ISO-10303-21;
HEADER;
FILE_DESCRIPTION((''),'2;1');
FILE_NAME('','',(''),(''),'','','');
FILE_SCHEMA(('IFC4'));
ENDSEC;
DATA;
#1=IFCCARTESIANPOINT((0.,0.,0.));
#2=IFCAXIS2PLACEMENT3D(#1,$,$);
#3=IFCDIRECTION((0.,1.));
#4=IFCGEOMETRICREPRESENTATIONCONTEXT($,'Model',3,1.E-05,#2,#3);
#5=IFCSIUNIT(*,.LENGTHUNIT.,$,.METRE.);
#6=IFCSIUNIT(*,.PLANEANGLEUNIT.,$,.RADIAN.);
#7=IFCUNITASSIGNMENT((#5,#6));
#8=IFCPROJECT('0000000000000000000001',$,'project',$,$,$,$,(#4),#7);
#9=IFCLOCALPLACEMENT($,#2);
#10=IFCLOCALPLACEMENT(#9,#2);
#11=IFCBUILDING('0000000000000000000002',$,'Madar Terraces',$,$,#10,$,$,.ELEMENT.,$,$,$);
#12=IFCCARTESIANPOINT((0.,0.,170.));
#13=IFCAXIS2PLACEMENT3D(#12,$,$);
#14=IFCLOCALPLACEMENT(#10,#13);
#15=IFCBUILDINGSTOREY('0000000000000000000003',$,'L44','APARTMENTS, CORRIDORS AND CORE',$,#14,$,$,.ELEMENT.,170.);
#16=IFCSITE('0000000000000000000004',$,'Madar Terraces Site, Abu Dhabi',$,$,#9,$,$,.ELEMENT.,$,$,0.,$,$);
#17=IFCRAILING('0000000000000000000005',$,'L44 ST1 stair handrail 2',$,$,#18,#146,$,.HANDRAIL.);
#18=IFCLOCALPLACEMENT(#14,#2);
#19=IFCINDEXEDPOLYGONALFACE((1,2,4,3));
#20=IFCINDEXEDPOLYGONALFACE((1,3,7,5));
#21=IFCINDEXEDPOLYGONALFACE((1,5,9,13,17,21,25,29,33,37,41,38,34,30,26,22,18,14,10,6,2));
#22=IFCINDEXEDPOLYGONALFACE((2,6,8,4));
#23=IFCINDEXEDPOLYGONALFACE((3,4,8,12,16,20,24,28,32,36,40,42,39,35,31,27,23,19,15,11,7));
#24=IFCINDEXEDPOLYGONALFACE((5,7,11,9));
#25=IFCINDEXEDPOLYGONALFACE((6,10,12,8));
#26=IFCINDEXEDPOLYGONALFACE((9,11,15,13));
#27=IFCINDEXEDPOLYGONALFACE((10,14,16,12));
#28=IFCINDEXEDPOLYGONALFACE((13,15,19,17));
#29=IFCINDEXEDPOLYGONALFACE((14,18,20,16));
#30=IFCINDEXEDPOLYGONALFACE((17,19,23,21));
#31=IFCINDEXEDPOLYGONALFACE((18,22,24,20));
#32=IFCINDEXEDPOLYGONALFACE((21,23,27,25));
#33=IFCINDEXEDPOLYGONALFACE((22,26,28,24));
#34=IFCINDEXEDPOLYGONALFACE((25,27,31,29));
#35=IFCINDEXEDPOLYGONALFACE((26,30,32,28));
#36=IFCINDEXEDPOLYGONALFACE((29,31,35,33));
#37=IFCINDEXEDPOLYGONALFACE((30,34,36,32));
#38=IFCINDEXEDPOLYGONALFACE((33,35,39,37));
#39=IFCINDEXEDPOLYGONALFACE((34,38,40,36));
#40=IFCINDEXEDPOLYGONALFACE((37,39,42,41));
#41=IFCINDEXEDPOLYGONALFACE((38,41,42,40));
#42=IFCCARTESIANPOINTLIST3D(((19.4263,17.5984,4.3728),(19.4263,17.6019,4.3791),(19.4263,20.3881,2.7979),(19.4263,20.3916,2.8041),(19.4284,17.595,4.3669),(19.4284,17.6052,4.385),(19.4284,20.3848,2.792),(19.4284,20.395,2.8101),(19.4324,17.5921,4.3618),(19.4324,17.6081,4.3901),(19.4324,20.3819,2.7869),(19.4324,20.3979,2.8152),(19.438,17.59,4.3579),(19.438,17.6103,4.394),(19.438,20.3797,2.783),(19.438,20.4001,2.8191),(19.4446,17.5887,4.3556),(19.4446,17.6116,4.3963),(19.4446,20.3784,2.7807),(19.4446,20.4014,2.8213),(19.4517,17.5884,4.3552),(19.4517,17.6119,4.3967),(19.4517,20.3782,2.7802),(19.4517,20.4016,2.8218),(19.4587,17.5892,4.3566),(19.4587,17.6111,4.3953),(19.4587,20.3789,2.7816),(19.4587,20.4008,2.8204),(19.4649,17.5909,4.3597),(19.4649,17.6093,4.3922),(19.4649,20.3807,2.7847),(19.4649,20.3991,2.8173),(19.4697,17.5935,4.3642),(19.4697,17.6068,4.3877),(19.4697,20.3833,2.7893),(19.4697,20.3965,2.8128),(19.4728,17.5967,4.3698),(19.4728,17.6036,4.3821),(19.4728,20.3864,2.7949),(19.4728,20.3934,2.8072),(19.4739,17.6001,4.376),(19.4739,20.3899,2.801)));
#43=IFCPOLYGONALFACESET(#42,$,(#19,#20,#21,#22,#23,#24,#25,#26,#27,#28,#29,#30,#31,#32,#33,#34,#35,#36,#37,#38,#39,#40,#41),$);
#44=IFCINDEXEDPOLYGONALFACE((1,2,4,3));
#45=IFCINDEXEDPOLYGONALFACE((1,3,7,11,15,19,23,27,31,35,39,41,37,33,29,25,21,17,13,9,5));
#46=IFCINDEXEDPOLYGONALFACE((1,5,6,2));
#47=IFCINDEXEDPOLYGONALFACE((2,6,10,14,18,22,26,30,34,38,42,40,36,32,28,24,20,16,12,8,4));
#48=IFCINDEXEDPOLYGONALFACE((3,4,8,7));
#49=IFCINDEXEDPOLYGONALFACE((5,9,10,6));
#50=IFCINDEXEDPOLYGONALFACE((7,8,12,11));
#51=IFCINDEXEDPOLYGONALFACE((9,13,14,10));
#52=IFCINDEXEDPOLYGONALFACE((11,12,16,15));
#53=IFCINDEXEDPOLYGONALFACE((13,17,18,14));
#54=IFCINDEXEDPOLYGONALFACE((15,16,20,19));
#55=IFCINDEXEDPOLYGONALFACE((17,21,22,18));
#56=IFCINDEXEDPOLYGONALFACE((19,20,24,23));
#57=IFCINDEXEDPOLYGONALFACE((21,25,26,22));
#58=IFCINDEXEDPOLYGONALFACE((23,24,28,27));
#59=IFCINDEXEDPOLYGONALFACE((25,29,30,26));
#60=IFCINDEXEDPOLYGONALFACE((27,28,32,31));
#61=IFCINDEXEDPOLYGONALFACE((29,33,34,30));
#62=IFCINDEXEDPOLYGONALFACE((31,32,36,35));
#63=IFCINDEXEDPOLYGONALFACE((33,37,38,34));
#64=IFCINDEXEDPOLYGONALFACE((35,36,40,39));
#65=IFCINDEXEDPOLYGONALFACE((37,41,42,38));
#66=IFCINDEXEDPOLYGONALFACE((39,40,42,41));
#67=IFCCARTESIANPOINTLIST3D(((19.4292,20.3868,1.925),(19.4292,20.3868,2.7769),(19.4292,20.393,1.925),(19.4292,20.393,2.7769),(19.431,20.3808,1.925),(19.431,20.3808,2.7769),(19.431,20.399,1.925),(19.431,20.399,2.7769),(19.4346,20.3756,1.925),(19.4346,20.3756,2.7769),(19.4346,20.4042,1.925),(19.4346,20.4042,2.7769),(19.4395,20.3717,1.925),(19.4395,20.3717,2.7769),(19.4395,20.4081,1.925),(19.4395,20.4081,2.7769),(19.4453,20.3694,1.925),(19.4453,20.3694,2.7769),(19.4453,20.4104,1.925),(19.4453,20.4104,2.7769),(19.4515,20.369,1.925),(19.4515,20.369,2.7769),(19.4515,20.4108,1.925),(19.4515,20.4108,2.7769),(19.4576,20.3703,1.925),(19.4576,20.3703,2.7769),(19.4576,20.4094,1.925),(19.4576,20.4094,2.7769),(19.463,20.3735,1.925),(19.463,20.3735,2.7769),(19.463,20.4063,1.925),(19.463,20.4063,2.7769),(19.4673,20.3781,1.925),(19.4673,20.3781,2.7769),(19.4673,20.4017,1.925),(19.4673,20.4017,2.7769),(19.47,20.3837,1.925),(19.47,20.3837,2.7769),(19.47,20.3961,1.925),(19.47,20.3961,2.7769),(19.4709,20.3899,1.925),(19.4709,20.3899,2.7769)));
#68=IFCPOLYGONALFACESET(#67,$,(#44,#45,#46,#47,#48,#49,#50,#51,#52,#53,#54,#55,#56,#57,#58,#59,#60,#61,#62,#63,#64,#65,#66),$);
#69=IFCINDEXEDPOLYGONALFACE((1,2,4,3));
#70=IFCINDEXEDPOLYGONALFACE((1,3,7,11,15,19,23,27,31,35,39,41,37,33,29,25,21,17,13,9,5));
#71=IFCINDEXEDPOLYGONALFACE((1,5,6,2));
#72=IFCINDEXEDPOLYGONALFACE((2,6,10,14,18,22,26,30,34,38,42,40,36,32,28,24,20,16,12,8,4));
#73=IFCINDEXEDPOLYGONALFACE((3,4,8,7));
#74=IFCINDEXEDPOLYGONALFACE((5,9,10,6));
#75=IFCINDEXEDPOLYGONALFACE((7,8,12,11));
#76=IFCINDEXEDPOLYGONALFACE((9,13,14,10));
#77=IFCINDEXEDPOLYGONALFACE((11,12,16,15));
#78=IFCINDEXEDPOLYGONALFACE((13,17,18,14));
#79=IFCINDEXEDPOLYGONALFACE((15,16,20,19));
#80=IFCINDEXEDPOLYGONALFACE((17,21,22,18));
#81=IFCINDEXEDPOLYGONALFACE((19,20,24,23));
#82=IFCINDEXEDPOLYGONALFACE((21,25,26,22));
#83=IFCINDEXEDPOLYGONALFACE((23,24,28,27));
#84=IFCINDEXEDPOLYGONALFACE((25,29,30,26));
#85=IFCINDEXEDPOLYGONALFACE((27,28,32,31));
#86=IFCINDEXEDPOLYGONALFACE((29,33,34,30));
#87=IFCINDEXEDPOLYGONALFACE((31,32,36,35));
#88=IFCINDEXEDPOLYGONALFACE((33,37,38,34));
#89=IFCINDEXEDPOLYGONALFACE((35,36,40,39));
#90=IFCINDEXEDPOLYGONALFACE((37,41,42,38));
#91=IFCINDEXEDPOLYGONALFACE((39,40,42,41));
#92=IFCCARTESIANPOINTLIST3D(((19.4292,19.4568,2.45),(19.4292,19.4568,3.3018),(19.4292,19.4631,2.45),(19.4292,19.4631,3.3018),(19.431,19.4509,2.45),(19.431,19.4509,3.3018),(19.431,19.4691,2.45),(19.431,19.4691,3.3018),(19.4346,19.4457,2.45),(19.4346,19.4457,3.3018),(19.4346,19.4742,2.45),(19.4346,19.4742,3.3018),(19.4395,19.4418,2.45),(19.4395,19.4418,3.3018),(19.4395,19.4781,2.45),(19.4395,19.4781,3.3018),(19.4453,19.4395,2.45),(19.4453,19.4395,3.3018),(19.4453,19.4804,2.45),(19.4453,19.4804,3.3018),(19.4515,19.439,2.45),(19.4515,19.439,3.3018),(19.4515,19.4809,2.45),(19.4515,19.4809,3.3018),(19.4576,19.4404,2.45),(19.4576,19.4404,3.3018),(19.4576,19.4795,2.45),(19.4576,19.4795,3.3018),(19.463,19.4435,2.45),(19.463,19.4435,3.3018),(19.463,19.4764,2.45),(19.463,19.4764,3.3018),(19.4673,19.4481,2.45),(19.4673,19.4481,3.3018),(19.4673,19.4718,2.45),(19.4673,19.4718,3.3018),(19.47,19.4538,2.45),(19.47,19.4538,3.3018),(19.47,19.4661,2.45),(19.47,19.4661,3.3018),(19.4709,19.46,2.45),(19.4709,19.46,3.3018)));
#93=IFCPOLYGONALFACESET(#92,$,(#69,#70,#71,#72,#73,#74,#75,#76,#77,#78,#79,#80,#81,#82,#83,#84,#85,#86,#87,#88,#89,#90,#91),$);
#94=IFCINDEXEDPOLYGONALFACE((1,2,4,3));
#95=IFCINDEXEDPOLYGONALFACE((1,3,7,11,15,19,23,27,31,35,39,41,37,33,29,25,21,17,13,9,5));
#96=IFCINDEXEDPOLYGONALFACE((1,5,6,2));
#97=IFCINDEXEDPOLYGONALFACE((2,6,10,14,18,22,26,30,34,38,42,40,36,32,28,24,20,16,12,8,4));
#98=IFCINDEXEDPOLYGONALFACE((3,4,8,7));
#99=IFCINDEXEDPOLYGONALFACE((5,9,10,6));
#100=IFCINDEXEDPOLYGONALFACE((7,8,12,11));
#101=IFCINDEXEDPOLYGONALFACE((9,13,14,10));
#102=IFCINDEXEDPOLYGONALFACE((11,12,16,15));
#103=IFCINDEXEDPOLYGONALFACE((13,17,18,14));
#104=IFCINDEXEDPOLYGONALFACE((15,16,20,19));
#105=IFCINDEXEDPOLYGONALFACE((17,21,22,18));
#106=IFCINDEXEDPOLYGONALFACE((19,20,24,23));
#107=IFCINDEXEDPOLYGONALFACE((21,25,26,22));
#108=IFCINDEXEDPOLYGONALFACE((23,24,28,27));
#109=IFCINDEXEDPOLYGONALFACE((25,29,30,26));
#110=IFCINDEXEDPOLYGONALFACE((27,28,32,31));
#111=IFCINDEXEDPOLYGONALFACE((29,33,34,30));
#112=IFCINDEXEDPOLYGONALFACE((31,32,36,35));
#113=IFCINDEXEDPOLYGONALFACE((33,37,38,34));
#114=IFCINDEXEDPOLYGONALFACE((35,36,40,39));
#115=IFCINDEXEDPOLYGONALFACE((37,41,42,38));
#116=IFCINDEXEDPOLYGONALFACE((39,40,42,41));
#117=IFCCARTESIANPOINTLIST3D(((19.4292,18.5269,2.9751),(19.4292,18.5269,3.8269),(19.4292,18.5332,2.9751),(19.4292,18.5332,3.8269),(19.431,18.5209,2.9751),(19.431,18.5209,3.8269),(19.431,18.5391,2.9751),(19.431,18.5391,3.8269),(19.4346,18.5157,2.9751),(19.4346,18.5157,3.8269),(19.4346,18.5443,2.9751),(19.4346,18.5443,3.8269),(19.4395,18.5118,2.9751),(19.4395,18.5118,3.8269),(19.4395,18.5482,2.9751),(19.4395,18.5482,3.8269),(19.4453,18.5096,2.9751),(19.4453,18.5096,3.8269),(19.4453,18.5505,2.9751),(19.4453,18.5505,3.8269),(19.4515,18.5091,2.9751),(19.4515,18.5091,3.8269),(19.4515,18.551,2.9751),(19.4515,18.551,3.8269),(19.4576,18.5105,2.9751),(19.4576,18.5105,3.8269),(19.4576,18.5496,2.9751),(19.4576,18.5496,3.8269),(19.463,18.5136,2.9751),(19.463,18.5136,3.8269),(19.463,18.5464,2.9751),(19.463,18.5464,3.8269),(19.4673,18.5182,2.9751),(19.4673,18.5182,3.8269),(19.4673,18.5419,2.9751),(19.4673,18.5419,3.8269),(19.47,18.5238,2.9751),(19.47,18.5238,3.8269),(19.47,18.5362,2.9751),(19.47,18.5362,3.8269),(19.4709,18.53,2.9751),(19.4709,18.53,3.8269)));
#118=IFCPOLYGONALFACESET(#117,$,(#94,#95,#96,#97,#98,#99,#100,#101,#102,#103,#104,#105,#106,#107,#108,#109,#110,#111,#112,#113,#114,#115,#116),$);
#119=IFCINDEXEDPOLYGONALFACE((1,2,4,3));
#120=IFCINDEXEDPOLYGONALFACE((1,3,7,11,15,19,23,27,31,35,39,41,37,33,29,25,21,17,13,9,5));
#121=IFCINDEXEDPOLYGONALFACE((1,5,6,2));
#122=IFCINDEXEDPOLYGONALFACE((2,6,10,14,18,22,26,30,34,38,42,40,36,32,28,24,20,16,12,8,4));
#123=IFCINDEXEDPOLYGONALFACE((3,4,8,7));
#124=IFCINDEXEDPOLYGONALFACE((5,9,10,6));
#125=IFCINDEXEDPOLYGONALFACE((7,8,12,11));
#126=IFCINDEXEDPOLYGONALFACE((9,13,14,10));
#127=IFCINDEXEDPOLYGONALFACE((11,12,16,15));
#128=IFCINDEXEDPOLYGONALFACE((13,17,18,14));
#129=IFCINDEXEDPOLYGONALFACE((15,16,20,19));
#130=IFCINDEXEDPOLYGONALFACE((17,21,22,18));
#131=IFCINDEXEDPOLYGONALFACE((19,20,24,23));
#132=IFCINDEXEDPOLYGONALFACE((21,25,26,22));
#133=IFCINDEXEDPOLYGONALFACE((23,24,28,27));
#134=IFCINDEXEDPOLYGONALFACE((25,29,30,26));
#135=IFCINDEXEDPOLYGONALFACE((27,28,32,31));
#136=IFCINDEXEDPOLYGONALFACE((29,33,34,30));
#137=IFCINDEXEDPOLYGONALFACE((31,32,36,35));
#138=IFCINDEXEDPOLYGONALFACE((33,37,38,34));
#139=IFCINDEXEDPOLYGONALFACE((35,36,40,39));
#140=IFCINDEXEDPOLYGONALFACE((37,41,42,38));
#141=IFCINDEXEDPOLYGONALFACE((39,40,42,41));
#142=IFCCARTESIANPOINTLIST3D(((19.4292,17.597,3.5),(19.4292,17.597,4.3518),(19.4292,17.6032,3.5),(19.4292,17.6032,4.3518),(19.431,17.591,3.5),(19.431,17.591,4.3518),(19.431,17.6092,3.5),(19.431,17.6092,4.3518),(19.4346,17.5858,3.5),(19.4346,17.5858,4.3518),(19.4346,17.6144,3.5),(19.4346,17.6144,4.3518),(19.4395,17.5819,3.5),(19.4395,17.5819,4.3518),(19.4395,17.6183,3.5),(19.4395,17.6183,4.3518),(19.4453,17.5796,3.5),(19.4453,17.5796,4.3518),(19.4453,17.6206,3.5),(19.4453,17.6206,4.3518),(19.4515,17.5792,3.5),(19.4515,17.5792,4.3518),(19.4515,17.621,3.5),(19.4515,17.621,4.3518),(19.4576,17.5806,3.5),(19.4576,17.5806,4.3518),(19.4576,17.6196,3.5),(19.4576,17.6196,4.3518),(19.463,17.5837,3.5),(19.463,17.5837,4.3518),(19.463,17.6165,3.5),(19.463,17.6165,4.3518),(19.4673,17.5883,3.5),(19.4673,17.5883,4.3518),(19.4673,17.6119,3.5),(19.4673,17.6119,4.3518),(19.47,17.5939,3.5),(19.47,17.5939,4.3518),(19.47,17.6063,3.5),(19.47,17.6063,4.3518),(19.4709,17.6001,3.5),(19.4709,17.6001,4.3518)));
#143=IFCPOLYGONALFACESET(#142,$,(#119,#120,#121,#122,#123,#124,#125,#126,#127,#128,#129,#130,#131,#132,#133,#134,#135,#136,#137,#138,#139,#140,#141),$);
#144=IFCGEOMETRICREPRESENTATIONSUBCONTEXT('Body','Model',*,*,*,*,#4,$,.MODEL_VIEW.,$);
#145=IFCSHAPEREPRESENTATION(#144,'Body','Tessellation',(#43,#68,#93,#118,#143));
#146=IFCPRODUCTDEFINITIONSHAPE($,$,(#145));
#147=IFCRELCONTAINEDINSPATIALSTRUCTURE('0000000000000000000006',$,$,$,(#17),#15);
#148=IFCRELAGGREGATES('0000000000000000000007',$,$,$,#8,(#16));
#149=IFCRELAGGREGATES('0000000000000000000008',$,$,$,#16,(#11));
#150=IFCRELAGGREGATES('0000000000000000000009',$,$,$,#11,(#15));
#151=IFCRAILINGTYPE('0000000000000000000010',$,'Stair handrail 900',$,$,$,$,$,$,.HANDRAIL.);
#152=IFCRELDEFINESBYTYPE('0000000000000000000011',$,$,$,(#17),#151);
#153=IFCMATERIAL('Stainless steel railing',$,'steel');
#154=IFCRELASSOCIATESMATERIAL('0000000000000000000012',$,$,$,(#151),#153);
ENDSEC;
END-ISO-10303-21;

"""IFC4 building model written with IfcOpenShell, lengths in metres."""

from ifc_helpers import new_model, si_unit, direction, frame, origin, origin_2d, place, context, subcontext, project, spatial, circle, extrude, material, type_object, element, save


model = new_model("IFC4")

# Units and contexts
model_context = context("Model", 3, precision=1e-05, world=origin(), true_north=direction((0.0, 1.0)))
body_context = subcontext(model_context, "Body", "Model", "MODEL_VIEW")
ifc_project = project(units=[si_unit("LENGTHUNIT", "METRE"), si_unit("PLANEANGLEUNIT", "RADIAN")], contexts=[model_context])

# Site, building, storey
site_placement = place(None, origin())
site = spatial("IfcSite", under=ifc_project, at=site_placement, Name="Madar Terraces Site, Abu Dhabi", CompositionType="ELEMENT", RefElevation=0.0)
building_placement = place(site_placement, origin())
building = spatial("IfcBuilding", under=site, at=building_placement, Name="Madar Terraces", CompositionType="ELEMENT")
storey_placement = place(building_placement, frame((0.0, 0.0, 170.0)))
storey = spatial("IfcBuildingStorey", under=building, at=storey_placement, Name="L44", Description="APARTMENTS, CORRIDORS AND CORE", CompositionType="ELEMENT", Elevation=170.0)

# Railing
ifc_material_1 = material(Name="Stainless steel railing", Category="steel")
railing_type_1 = type_object("IfcRailingType", Name="Stair handrail 900", PredefinedType="HANDRAIL", material=ifc_material_1)
railing_1_placement = place(storey_placement, frame((19.45, 20.3899, 1.925)))
element("IfcRailing", 1, at=railing_1_placement, inside=storey, type_object=railing_type_1, Name="L44 ST1 stair handrail 2", PredefinedType="HANDRAIL", context=body_context, shape_type="SweptSolid", body=[
    extrude(circle(Radius=0.0239, at=origin_2d()), frame((0.0, 0.0, 0.876), z_axis=(0.0, -0.870815, 0.49161), x_axis=(1.0, 0.0, 0.0)), (0.0, 0.0, 1.0), 3.2036),
    extrude(circle(Radius=0.021, at=origin_2d()), origin(), (0.0, 0.0, 1.0), 0.8518),
    extrude(circle(Radius=0.021, at=origin_2d()), frame((0.0, -0.9299, 0.5249)), (0.0, 0.0, 1.0), 0.8518),
    extrude(circle(Radius=0.021, at=origin_2d()), frame((0.0, -1.8599, 1.05)), (0.0, 0.0, 1.0), 0.8518),
    extrude(circle(Radius=0.021, at=origin_2d()), frame((0.0, -2.7898, 1.575)), (0.0, 0.0, 1.0), 0.8518),
])

save(model, "model.ifc")
